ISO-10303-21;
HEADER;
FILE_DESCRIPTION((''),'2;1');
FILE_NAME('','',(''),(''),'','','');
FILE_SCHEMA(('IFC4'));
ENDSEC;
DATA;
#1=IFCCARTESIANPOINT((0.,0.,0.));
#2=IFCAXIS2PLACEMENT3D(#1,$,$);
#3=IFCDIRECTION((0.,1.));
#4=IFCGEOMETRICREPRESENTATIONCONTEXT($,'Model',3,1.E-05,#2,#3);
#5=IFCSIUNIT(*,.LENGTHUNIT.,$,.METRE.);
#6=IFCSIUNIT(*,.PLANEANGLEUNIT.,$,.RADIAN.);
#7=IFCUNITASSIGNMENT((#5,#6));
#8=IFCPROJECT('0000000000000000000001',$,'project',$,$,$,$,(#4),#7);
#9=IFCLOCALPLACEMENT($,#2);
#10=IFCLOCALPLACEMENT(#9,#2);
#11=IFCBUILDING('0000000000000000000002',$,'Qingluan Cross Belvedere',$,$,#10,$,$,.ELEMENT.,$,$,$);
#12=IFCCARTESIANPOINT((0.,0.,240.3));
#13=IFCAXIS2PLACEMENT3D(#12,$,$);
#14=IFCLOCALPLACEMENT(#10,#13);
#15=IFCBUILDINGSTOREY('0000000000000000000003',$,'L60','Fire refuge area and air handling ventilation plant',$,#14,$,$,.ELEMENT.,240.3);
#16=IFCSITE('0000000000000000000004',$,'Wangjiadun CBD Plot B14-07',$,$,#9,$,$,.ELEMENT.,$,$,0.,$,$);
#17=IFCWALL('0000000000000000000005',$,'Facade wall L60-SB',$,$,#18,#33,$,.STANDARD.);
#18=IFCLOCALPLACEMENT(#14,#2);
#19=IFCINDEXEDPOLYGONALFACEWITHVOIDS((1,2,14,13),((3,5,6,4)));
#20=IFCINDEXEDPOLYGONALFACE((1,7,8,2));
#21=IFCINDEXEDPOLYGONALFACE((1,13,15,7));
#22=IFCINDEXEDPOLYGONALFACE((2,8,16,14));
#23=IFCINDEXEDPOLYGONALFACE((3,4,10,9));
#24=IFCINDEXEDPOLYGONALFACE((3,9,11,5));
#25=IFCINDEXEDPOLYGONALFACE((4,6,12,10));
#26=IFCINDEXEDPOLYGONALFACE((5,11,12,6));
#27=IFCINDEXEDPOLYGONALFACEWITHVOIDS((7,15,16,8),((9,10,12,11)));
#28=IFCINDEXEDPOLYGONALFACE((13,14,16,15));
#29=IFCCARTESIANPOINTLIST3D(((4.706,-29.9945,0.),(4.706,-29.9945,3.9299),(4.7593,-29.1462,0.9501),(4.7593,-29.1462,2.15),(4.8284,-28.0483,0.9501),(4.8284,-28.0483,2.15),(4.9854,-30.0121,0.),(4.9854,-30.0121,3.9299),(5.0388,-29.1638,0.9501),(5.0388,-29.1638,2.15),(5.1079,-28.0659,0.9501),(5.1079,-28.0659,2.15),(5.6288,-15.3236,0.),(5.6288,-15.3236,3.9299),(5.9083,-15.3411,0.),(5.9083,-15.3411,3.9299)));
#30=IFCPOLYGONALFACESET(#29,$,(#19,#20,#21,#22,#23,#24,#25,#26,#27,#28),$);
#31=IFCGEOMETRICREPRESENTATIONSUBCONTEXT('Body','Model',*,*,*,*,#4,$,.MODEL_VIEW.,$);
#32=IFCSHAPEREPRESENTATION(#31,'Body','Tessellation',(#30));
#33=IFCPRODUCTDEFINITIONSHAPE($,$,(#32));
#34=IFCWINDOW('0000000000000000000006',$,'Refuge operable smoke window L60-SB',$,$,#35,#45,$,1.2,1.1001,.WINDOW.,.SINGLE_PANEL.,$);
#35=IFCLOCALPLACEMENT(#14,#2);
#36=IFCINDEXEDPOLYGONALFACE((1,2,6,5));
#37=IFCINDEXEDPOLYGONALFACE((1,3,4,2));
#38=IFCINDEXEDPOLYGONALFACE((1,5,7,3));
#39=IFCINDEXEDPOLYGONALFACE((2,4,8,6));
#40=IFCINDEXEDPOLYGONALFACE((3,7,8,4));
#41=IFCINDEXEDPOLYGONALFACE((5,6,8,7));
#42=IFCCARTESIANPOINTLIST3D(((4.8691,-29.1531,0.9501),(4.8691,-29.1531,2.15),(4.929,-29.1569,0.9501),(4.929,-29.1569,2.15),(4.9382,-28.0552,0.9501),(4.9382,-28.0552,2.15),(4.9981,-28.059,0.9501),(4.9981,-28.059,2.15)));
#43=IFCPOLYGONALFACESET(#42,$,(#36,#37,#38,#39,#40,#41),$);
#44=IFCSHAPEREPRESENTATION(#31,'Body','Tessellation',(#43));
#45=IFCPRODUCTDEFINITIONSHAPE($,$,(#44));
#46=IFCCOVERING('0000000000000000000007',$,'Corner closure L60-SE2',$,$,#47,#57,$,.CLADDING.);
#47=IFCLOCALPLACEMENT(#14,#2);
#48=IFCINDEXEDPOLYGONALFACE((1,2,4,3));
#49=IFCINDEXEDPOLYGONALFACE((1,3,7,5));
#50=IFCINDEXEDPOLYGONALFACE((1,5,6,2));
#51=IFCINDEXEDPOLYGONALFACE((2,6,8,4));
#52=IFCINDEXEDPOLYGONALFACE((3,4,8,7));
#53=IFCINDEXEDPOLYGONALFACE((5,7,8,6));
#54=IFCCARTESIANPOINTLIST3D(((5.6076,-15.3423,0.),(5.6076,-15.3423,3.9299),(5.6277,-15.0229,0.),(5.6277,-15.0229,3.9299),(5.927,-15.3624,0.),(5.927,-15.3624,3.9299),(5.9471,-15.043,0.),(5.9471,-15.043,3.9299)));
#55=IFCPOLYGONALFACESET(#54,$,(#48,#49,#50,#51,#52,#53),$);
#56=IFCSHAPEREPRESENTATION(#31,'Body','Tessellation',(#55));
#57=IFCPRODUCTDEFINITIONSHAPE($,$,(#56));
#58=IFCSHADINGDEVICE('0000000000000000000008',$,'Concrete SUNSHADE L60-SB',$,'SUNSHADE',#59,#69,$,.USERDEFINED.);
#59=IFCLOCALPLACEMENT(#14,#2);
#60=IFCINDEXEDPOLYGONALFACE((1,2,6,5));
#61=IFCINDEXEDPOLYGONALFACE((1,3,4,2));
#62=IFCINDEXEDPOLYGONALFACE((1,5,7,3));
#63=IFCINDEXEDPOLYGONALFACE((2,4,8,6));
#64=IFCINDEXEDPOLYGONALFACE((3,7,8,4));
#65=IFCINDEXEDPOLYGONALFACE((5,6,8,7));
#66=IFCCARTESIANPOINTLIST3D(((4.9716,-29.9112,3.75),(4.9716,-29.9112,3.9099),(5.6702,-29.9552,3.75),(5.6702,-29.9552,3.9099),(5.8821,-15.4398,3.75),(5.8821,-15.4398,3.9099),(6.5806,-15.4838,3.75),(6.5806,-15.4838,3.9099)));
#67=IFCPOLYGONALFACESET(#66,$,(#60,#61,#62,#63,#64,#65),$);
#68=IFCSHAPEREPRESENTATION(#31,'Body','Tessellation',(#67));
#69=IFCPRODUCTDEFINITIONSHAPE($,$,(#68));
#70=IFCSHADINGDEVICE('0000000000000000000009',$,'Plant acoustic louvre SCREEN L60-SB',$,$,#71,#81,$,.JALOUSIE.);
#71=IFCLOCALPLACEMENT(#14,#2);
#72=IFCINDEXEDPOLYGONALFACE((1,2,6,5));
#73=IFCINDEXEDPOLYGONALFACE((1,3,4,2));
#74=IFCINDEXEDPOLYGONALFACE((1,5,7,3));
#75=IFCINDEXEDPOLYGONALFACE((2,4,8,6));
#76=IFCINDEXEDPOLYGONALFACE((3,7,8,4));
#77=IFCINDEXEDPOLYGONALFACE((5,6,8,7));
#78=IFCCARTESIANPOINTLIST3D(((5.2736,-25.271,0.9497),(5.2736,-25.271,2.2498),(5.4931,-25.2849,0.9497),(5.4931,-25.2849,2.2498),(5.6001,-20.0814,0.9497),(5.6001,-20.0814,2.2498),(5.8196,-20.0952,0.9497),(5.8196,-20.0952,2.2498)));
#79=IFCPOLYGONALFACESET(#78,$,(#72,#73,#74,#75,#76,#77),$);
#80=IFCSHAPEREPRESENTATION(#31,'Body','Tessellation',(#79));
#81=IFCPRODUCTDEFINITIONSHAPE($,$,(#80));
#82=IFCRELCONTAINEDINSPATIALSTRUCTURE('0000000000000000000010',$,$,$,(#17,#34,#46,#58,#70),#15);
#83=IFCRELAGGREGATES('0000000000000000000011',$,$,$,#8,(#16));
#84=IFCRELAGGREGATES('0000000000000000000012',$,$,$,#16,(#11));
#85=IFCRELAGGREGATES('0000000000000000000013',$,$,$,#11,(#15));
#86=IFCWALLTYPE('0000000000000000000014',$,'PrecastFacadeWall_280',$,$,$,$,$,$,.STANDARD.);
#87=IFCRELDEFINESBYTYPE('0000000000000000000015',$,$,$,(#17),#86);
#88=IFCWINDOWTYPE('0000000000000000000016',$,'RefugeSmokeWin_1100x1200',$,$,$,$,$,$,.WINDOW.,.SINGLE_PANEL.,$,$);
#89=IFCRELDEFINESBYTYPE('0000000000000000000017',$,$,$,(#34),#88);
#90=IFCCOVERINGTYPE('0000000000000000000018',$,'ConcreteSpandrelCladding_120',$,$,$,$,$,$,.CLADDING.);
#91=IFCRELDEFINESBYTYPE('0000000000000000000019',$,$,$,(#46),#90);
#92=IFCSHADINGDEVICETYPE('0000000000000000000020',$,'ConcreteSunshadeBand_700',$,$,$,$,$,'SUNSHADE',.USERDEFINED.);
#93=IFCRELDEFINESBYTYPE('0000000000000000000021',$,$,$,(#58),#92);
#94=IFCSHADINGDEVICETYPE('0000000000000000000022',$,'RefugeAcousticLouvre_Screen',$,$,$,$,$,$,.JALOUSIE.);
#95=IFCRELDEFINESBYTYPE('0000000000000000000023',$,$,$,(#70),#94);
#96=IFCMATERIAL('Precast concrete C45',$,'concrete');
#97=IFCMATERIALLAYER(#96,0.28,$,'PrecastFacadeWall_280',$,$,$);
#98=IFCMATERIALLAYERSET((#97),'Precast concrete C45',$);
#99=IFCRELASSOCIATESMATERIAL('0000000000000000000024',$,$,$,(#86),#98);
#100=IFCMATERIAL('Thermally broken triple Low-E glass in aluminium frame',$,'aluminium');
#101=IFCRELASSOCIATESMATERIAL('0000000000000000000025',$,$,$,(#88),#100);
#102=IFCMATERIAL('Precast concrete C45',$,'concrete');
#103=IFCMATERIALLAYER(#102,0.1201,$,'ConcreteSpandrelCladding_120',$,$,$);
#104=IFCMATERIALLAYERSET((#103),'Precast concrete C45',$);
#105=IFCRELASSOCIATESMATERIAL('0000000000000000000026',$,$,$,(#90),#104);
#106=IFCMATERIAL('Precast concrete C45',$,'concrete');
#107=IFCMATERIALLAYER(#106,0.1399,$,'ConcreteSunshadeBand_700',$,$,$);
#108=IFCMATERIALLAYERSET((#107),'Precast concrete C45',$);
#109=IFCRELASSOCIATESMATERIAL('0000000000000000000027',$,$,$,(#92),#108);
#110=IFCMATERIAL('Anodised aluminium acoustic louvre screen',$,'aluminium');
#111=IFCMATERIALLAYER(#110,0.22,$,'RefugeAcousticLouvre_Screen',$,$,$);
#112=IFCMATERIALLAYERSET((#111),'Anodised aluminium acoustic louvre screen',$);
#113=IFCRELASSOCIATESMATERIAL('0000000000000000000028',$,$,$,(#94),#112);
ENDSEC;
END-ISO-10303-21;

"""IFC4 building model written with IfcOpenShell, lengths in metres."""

from ifc_helpers import new_model, si_unit, direction, frame, frame_2d, origin, origin_2d, place, context, subcontext, project, spatial, rectangle, extrude, material, layer, layer_set, type_object, element, fill, save


model = new_model("IFC4")

# Units and contexts
model_context = context("Model", 3, precision=1e-05, world=origin(), true_north=direction((0.0, 1.0)))
body_context = subcontext(model_context, "Body", "Model", "MODEL_VIEW")
ifc_project = project(units=[si_unit("LENGTHUNIT", "METRE"), si_unit("PLANEANGLEUNIT", "RADIAN")], contexts=[model_context])

# Site, building, storey
site_placement = place(None, origin())
site = spatial("IfcSite", under=ifc_project, at=site_placement, Name="Wangjiadun CBD Plot B14-07", CompositionType="ELEMENT", RefElevation=0.0)
building_placement = place(site_placement, origin())
building = spatial("IfcBuilding", under=site, at=building_placement, Name="Qingluan Cross Belvedere", CompositionType="ELEMENT")
storey_placement = place(building_placement, frame((0.0, 0.0, 240.3)))
storey = spatial("IfcBuildingStorey", under=building, at=storey_placement, Name="L60", Description="Fire refuge area and air handling ventilation plant", CompositionType="ELEMENT", Elevation=240.3)

# Wall, opening, window
ifc_material_1 = material(Name="Precast concrete C45", Category="concrete")
ifc_layer_1 = layer(ifc_material_1, 0.28, Name="PrecastFacadeWall_280")
ifc_layer_set_1 = layer_set([ifc_layer_1], Name="Precast concrete C45")
wall_type_1 = type_object("IfcWallType", Name="PrecastFacadeWall_280", PredefinedType="STANDARD", material=ifc_layer_set_1)
wall_1_placement = place(storey_placement, frame((4.8457, -30.0034, 0.0), z_axis=(0.0, 0.0, 1.0), x_axis=(0.062779, 0.998027, 0.0)))
wall_1 = element("IfcWall", 1, at=wall_1_placement, inside=storey, type_object=wall_type_1, Name="Facade wall L60-SB", PredefinedType="STANDARD", context=body_context, shape_type="SweptSolid", body=[
    extrude(rectangle(XDim=14.7, YDim=0.28, at=frame_2d((7.3501, 0.0))), origin(), (0.0, 0.0, 1.0), 3.9299),
])
opening_placement = place(wall_1_placement, frame((0.8501, 0.0, 0.95)))
opening = element("IfcOpeningElement", 2, at=opening_placement, cuts=wall_1, PredefinedType="OPENING", context=body_context, shape_type="SweptSolid", body=[
    extrude(rectangle(XDim=1.1001, YDim=1.2, at=frame_2d((0.55, 0.6001))), frame((0.0, 0.1499, 0.0), z_axis=(0.0, -1.0, 0.0), x_axis=(1.0, 0.0, 0.0)), (0.0, 0.0, 1.0), 0.3),
])
ifc_material_2 = material(Name="Thermally broken triple Low-E glass in aluminium frame", Category="aluminium")
window_type = type_object("IfcWindowType", Name="RefugeSmokeWin_1100x1200", PartitioningType="SINGLE_PANEL", PredefinedType="WINDOW", material=ifc_material_2)
window_placement = place(opening_placement, origin())
window = element("IfcWindow", 3, at=window_placement, inside=storey, type_object=window_type, Name="Refuge operable smoke window L60-SB", OverallHeight=1.2, OverallWidth=1.1001, PartitioningType="SINGLE_PANEL", PredefinedType="WINDOW", context=body_context, shape_type="SweptSolid", body=[
    extrude(rectangle(XDim=1.1001, YDim=1.2, at=frame_2d((0.55, 0.6001))), frame((0.0, 0.03, 0.0), z_axis=(0.0, -1.0, 0.0), x_axis=(1.0, 0.0, 0.0)), (0.0, 0.0, 1.0), 0.0601),
])
fill(opening, window)

# Covering
ifc_material_3 = material(Name="Precast concrete C45", Category="concrete")
ifc_layer_2 = layer(ifc_material_3, 0.1201, Name="ConcreteSpandrelCladding_120")
ifc_layer_set_2 = layer_set([ifc_layer_2], Name="Precast concrete C45")
covering_type = type_object("IfcCoveringType", Name="ConcreteSpandrelCladding_120", PredefinedType="CLADDING", material=ifc_layer_set_2)
covering_placement = place(storey_placement, frame((5.7773, -15.1926, 0.0), z_axis=(0.0, 0.0, 1.0), x_axis=(0.998027, -0.062791, 0.0)))
element("IfcCovering", 4, at=covering_placement, inside=storey, type_object=covering_type, Name="Corner closure L60-SE2", PredefinedType="CLADDING", context=body_context, shape_type="SweptSolid", body=[
    extrude(rectangle(XDim=0.3201, YDim=0.3201, at=origin_2d()), origin(), (0.0, 0.0, 1.0), 3.9299),
])

# Shading devices
ifc_material_4 = material(Name="Precast concrete C45", Category="concrete")
ifc_layer_3 = layer(ifc_material_4, 0.1399, Name="ConcreteSunshadeBand_700")
ifc_layer_set_3 = layer_set([ifc_layer_3], Name="Precast concrete C45")
shading_device_type_1 = type_object("IfcShadingDeviceType", Name="ConcreteSunshadeBand_700", ElementType="SUNSHADE", PredefinedType="USERDEFINED", material=ifc_layer_set_3)
shading_device_1_placement = place(storey_placement, frame((5.7761, -22.6975, 3.75), z_axis=(0.0, 0.0, 1.0), x_axis=(0.062789, 0.998027, 0.0)))
element("IfcShadingDevice", 5, at=shading_device_1_placement, inside=storey, type_object=shading_device_type_1, Name="Concrete SUNSHADE L60-SB", ObjectType="SUNSHADE", PredefinedType="USERDEFINED", context=body_context, shape_type="SweptSolid", body=[
    extrude(rectangle(XDim=14.5, YDim=0.7, at=origin_2d()), origin(), (0.0, 0.0, 1.0), 0.1599),
])
ifc_material_5 = material(Name="Anodised aluminium acoustic louvre screen", Category="aluminium")
ifc_layer_4 = layer(ifc_material_5, 0.22, Name="RefugeAcousticLouvre_Screen")
ifc_layer_set_4 = layer_set([ifc_layer_4], Name="Anodised aluminium acoustic louvre screen")
shading_device_type_2 = type_object("IfcShadingDeviceType", Name="RefugeAcousticLouvre_Screen", PredefinedType="JALOUSIE", material=ifc_layer_set_4)
shading_device_2_placement = place(storey_placement, frame((5.5466, -22.6831, 0.9497), z_axis=(0.0, 0.0, 1.0), x_axis=(0.062789, 0.998027, 0.0)))
element("IfcShadingDevice", 6, at=shading_device_2_placement, inside=storey, type_object=shading_device_type_2, Name="Plant acoustic louvre SCREEN L60-SB", PredefinedType="JALOUSIE", context=body_context, shape_type="SweptSolid", body=[
    extrude(rectangle(XDim=5.2, YDim=0.22, at=origin_2d()), origin(), (0.0, 0.0, 1.0), 1.3),
])

save(model, "model.ifc")
